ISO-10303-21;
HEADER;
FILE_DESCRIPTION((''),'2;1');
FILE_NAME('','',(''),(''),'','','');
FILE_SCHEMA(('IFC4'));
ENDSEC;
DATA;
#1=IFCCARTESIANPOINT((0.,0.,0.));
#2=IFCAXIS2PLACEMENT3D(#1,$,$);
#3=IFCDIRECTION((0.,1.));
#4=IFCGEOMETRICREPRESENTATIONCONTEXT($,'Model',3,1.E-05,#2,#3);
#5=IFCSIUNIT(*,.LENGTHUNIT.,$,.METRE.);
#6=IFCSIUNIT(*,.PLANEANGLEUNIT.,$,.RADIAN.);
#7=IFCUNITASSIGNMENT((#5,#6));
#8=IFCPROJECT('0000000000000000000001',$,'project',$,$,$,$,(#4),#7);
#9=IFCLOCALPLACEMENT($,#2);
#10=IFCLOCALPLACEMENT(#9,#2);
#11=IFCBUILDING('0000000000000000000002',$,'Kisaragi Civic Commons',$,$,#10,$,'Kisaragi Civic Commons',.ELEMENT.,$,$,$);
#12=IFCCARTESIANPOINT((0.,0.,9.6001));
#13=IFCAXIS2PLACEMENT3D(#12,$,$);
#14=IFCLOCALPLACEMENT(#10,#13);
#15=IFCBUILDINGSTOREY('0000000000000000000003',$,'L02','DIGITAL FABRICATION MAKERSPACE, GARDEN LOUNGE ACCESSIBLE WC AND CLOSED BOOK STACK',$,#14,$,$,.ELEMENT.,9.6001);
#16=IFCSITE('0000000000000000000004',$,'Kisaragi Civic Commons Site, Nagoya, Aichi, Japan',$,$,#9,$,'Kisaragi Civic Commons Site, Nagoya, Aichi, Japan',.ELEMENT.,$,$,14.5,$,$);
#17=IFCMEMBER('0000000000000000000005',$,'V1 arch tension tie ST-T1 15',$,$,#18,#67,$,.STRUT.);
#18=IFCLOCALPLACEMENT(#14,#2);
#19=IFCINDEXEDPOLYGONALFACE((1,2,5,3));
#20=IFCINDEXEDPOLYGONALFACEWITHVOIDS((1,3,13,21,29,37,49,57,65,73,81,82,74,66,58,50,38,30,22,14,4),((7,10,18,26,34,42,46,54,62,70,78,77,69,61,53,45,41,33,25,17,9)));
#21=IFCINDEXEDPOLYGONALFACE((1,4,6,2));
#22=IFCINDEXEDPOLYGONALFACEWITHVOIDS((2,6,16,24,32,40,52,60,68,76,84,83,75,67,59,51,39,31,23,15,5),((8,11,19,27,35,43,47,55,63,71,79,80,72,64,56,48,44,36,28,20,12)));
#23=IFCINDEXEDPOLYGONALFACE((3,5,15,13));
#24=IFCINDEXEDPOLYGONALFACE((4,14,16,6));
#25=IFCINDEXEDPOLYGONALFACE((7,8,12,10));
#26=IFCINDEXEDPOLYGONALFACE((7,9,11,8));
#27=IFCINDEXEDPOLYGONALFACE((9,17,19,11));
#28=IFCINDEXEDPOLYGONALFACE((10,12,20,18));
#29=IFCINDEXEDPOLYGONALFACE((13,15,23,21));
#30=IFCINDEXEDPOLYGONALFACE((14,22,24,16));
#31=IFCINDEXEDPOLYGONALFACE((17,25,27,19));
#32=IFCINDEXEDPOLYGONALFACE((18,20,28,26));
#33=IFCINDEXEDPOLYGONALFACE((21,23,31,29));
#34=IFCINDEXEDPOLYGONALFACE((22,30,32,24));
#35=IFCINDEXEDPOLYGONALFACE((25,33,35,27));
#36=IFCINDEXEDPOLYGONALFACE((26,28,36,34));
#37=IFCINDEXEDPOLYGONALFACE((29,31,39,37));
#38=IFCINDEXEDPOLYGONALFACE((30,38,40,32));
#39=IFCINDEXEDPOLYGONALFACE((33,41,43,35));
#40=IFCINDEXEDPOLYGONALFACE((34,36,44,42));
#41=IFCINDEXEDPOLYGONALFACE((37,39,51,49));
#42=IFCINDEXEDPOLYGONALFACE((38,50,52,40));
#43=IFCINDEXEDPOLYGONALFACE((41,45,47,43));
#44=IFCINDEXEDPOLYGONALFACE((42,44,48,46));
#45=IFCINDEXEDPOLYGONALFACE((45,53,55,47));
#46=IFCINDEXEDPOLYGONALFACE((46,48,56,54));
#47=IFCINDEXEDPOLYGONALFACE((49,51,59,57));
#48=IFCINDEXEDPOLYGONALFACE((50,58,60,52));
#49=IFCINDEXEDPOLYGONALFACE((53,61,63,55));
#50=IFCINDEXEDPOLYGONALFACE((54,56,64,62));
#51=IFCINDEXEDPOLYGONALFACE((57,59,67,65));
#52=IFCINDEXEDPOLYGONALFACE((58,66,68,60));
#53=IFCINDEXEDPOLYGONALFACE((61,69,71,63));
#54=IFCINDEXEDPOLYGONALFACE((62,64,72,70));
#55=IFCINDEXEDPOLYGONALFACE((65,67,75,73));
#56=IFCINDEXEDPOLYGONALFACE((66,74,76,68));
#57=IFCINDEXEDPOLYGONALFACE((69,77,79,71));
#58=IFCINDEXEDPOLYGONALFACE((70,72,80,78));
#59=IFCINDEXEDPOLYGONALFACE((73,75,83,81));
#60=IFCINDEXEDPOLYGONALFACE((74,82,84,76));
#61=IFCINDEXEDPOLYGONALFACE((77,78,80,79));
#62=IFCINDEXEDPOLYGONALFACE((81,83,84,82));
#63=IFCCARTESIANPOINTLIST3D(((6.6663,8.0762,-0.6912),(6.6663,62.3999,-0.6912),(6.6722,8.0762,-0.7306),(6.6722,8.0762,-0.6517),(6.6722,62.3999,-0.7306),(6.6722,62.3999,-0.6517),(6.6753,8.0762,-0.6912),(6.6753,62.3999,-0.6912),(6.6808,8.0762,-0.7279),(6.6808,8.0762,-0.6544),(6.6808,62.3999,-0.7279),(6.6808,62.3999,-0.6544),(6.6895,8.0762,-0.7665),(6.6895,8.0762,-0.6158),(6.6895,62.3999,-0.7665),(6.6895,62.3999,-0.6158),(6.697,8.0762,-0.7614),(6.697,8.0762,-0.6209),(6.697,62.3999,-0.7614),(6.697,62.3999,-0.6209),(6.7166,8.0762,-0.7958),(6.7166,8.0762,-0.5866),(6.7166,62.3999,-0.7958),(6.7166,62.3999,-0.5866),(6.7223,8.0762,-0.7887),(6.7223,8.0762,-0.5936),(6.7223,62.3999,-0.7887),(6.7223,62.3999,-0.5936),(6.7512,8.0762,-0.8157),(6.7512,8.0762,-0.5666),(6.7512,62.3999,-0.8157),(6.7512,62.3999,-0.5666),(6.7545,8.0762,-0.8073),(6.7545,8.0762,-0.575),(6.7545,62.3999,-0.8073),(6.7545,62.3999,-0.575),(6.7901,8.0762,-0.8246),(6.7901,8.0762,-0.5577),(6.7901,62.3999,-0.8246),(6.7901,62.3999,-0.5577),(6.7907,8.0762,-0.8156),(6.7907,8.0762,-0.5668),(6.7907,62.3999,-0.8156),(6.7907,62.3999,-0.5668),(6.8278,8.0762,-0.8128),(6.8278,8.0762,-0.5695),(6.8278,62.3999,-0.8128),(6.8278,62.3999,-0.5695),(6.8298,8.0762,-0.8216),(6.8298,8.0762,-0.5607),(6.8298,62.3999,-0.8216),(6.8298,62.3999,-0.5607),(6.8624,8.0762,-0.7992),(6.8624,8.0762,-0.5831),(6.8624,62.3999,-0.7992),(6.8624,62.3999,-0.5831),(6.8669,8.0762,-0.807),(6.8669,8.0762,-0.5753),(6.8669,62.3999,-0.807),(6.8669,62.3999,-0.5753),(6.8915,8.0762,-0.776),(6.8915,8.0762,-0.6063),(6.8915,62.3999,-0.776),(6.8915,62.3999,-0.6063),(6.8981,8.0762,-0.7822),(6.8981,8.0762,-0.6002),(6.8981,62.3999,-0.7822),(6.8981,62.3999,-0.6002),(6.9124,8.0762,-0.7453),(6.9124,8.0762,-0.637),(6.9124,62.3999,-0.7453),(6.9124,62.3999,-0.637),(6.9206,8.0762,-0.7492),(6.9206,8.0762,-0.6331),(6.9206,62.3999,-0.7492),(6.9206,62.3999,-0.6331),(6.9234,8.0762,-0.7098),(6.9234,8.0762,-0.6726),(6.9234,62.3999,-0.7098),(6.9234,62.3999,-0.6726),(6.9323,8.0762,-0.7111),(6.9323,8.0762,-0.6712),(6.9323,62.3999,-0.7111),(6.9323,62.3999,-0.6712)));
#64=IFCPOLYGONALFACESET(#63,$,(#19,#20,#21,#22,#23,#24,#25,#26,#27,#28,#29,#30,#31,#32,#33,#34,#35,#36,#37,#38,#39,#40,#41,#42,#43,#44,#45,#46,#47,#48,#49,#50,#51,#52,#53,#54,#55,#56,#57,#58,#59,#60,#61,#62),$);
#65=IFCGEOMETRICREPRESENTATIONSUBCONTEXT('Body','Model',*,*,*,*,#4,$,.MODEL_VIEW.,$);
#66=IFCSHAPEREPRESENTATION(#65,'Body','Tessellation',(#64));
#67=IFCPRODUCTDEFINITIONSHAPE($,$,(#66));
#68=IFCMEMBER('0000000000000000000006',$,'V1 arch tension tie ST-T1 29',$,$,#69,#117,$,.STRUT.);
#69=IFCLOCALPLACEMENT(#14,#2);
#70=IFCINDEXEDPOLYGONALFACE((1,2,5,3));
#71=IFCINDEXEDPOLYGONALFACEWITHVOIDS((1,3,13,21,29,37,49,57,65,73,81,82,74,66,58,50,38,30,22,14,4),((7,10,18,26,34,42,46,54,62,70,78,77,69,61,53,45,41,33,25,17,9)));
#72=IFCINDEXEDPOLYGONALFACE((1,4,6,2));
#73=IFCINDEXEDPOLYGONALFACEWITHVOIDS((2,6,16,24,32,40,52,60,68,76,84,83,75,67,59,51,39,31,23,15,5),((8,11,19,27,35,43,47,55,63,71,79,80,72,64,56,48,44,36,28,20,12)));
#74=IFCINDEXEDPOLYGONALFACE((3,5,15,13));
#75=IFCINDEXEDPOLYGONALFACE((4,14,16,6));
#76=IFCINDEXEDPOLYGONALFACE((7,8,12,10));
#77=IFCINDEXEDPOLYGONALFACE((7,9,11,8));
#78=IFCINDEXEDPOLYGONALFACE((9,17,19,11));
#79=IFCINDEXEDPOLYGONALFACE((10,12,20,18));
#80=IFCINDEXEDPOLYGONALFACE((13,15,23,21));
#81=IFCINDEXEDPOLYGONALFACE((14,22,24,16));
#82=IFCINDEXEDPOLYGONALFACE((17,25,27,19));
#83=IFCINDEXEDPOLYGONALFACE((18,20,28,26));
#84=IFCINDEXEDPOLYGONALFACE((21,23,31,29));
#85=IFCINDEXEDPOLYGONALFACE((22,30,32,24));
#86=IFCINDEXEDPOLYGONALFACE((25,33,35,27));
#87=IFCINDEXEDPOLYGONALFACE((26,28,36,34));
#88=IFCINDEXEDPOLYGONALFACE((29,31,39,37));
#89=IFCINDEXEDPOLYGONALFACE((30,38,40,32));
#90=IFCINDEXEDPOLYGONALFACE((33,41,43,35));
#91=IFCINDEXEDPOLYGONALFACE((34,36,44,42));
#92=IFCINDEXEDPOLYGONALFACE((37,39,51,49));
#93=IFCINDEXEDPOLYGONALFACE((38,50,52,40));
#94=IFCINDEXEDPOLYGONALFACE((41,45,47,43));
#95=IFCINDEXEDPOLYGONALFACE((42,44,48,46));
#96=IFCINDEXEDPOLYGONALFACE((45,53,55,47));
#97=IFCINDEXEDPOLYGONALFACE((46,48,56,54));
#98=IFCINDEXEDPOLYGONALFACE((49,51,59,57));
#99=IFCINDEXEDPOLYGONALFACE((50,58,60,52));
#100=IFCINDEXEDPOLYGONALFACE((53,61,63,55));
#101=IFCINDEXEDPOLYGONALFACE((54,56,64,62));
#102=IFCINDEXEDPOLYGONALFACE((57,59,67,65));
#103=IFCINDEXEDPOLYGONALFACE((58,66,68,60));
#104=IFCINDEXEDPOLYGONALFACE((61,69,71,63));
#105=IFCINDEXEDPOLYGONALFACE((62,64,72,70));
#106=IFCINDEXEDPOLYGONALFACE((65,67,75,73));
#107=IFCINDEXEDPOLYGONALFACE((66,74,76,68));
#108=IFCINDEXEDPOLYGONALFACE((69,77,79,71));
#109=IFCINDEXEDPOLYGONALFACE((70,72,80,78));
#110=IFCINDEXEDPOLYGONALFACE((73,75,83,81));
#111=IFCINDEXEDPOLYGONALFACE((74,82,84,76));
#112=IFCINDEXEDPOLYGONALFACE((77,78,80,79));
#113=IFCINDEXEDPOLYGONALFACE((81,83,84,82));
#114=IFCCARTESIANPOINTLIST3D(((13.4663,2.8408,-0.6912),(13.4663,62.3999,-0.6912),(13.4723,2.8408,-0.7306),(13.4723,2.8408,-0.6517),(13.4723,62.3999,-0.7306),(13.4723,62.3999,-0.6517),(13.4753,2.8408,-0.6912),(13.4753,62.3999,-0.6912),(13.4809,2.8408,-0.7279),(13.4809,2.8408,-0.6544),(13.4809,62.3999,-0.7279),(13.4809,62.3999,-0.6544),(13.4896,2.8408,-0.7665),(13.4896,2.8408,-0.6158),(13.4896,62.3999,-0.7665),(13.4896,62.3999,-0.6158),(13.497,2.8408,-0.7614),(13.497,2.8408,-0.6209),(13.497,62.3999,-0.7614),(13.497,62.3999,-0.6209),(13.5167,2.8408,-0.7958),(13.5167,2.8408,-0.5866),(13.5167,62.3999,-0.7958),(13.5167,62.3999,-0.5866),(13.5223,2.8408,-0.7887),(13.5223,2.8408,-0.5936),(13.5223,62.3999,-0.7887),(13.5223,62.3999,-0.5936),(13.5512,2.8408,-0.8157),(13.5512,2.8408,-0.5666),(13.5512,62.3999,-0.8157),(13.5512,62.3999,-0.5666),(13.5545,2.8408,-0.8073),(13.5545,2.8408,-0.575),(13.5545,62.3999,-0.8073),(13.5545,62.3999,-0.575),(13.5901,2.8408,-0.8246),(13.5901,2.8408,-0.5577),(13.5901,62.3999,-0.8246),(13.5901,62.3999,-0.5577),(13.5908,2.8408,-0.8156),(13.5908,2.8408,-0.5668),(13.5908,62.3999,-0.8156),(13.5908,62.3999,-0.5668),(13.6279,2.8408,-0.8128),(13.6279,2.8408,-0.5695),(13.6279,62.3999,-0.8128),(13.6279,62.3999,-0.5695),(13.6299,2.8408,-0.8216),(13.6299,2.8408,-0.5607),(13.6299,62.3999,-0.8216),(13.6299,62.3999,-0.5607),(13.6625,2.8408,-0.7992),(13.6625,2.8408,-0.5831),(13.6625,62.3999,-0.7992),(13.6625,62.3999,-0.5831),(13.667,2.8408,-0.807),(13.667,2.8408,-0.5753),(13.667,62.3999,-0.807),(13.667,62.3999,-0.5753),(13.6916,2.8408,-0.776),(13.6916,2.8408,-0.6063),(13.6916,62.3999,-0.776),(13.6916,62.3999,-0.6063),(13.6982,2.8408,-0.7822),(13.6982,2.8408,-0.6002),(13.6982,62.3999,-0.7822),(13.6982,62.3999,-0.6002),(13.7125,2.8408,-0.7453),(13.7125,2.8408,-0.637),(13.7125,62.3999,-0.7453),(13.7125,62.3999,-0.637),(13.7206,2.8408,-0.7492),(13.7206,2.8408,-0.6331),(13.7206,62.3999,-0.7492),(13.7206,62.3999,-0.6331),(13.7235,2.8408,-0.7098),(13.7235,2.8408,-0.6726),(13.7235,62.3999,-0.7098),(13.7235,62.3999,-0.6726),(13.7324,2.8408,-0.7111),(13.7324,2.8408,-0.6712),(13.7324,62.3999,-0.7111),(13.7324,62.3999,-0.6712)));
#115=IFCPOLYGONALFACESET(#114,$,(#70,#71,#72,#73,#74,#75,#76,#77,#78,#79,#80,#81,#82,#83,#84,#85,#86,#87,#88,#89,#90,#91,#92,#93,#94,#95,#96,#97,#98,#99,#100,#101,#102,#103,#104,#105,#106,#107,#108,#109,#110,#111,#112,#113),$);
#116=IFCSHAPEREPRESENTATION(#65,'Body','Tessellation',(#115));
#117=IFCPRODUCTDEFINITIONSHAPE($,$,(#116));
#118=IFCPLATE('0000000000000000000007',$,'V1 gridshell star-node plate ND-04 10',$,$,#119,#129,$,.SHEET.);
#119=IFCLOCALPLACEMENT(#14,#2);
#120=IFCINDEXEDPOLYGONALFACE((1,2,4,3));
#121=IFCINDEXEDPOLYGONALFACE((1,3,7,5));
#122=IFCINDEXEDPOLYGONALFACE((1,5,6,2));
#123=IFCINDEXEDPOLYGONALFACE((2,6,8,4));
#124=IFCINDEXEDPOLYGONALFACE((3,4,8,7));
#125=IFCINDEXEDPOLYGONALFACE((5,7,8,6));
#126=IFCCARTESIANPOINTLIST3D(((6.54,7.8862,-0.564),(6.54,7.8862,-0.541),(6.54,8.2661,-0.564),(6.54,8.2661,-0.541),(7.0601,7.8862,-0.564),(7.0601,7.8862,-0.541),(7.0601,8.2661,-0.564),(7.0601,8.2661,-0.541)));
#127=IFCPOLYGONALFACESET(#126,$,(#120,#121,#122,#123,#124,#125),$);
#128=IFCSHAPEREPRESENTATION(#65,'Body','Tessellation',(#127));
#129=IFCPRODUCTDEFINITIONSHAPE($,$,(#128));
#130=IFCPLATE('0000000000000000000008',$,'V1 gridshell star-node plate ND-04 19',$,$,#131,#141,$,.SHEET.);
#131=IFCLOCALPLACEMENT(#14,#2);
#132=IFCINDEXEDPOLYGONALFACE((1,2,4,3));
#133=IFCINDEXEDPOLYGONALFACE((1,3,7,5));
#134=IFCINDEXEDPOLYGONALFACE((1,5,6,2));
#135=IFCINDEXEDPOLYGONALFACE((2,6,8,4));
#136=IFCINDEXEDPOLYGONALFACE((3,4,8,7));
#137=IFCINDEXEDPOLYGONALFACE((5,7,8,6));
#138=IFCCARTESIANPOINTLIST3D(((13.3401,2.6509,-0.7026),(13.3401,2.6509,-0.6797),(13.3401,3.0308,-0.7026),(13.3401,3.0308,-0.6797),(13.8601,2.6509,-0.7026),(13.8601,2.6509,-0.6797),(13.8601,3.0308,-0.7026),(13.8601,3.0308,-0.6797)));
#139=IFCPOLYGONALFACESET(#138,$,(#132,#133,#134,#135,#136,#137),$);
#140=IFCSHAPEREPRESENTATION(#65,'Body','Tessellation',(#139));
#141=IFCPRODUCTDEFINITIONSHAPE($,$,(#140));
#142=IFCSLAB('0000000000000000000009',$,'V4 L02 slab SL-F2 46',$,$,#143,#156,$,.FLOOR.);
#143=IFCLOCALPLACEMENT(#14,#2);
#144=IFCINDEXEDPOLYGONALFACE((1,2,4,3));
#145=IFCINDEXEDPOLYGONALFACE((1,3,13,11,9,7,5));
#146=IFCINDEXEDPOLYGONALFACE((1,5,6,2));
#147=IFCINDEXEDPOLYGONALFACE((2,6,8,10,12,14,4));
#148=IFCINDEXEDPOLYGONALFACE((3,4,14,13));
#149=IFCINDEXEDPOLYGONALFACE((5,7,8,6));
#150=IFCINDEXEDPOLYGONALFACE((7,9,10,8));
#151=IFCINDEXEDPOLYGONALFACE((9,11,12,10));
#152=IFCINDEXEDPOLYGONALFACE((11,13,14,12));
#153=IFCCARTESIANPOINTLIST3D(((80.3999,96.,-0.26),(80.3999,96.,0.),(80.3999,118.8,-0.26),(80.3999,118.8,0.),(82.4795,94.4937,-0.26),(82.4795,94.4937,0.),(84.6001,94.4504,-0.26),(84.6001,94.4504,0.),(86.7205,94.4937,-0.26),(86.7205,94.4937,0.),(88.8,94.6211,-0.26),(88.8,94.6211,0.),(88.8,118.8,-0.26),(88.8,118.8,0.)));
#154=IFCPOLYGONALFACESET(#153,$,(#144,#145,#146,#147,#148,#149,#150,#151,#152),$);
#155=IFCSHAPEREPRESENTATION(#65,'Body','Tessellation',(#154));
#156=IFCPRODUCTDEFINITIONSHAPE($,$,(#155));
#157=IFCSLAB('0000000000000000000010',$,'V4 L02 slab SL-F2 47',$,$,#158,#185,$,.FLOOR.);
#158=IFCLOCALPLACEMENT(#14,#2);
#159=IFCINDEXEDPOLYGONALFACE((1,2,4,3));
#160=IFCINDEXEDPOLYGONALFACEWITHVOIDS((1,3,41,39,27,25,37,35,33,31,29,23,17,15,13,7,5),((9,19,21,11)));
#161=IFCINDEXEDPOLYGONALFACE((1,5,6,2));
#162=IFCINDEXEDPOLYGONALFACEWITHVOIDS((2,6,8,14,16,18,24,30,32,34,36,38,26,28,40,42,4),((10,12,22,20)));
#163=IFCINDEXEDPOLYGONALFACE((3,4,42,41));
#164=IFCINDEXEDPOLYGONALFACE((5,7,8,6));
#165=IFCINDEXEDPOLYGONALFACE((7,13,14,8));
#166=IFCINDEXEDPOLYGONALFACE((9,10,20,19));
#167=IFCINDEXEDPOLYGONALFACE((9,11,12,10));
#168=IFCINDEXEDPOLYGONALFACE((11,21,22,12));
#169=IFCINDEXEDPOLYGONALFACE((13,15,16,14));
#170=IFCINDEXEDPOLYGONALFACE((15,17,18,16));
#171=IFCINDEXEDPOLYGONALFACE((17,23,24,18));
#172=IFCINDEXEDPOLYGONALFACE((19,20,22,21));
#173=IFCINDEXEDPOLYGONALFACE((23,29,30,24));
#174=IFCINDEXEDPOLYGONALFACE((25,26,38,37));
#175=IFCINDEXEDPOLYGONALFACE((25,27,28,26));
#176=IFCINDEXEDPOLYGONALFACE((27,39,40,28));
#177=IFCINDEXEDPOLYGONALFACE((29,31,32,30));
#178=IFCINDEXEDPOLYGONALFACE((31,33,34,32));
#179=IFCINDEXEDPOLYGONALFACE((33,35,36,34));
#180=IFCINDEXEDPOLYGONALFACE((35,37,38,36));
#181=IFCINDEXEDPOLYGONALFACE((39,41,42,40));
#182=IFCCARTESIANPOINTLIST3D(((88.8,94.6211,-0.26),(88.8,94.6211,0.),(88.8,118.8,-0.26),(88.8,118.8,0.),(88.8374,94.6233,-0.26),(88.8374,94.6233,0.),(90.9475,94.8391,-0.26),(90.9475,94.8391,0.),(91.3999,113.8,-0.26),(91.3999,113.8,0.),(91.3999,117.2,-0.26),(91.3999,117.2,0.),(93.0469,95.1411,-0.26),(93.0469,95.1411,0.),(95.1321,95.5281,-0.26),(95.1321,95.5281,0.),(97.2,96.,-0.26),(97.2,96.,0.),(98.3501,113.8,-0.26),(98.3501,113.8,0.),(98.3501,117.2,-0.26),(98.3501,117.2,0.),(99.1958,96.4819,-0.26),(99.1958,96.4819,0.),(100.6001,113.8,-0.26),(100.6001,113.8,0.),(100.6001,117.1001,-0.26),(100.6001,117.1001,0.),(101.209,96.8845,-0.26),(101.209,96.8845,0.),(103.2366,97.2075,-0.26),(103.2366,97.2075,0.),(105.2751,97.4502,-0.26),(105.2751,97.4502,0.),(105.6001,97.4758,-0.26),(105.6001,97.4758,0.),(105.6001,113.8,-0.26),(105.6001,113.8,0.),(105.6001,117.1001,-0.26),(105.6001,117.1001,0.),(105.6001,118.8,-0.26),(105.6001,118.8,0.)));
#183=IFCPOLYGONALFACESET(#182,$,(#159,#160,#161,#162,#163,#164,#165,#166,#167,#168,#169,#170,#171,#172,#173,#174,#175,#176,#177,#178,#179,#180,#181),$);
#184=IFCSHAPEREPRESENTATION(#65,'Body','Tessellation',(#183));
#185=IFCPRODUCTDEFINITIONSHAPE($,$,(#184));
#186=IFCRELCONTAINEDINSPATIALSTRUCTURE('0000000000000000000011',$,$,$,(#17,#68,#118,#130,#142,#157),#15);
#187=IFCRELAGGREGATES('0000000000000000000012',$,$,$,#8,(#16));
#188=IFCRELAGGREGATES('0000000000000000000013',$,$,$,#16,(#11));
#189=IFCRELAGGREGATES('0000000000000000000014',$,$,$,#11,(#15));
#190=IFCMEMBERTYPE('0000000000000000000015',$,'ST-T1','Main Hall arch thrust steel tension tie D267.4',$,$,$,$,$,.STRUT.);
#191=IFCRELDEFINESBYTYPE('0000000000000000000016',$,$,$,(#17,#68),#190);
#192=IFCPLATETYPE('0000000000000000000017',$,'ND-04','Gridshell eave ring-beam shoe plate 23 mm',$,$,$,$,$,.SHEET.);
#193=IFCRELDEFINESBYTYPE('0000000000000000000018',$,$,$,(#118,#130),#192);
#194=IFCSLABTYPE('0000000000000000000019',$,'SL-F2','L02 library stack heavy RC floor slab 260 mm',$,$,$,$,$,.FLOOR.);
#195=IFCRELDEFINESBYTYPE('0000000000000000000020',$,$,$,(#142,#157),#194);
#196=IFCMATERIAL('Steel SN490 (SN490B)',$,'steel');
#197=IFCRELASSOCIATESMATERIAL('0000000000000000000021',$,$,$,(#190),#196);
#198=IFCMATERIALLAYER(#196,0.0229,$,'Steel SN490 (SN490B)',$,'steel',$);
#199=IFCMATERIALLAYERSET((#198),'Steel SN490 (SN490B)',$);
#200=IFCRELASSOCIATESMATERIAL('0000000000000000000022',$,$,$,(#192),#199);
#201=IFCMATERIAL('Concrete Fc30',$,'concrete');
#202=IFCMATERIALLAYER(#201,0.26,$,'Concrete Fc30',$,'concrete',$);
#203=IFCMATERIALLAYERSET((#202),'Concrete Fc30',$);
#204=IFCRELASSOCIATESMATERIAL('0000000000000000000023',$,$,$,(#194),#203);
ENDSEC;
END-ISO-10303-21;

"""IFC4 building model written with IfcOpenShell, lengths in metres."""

from ifc_helpers import new_model, si_unit, direction, frame, origin, origin_2d, place, context, subcontext, project, spatial, polyline, rectangle, hollow_circle, outline, extrude, material, layer, layer_set, material_profile, profile_set, type_object, element, save


model = new_model("IFC4")

# Units and contexts
model_context = context("Model", 3, precision=1e-05, world=origin(), true_north=direction((0.0, 1.0)))
body_context = subcontext(model_context, "Body", "Model", "MODEL_VIEW")
ifc_project = project(units=[si_unit("LENGTHUNIT", "METRE"), si_unit("PLANEANGLEUNIT", "RADIAN")], contexts=[model_context])

# Site, building, storey
site_placement = place(None, origin())
site = spatial("IfcSite", under=ifc_project, at=site_placement, Name="Kisaragi Civic Commons Site, Nagoya, Aichi, Japan", LongName="Kisaragi Civic Commons Site, Nagoya, Aichi, Japan", CompositionType="ELEMENT", RefElevation=14.5)
building_placement = place(site_placement, origin())
building = spatial("IfcBuilding", under=site, at=building_placement, Name="Kisaragi Civic Commons", LongName="Kisaragi Civic Commons", CompositionType="ELEMENT")
storey_placement = place(building_placement, frame((0.0, 0.0, 9.6001)))
storey = spatial("IfcBuildingStorey", under=building, at=storey_placement, Name="L02", Description="DIGITAL FABRICATION MAKERSPACE, GARDEN LOUNGE ACCESSIBLE WC AND CLOSED BOOK STACK", CompositionType="ELEMENT", Elevation=9.6001)

# Members
ifc_material_1 = material(Name="Steel SN490 (SN490B)", Category="steel")
ifc_material_profile_1 = material_profile(ifc_material_1, hollow_circle(Radius=0.1338, WallThickness=0.009, at=origin_2d()), Name="CHS-267.4x9.0", Category="steel")
ifc_profile_set_1 = profile_set([ifc_material_profile_1], Name="Steel SN490 (SN490B)")
member_type_1 = type_object("IfcMemberType", Name="ST-T1", Description="Main Hall arch thrust steel tension tie D267.4", PredefinedType="STRUT", material=ifc_profile_set_1)
member_1_placement = place(storey_placement, frame((6.8, 8.0762, -0.6912), z_axis=(0.0, 1.0, 0.0), x_axis=(-1.0, 0.0, 0.0)))
element("IfcMember", 1, at=member_1_placement, inside=storey, type_object=member_type_1, Name="V1 arch tension tie ST-T1 15", PredefinedType="STRUT", context=body_context, shape_type="SweptSolid", body=[
    extrude(hollow_circle(Radius=0.1338, WallThickness=0.009, at=origin_2d()), origin(), (0.0, 0.0, 1.0), 54.3237),
])
member_2_placement = place(storey_placement, frame((13.6001, 2.8408, -0.6912), z_axis=(0.0, 1.0, 0.0), x_axis=(-1.0, 0.0, 0.0)))
element("IfcMember", 2, at=member_2_placement, inside=storey, type_object=member_type_1, Name="V1 arch tension tie ST-T1 29", PredefinedType="STRUT", context=body_context, shape_type="SweptSolid", body=[
    extrude(hollow_circle(Radius=0.1338, WallThickness=0.009, at=origin_2d()), origin(), (0.0, 0.0, 1.0), 59.5591),
])

# Plates
ifc_layer_1 = layer(ifc_material_1, 0.0229, Name="Steel SN490 (SN490B)", Category="steel")
ifc_layer_set_1 = layer_set([ifc_layer_1], Name="Steel SN490 (SN490B)")
plate_type = type_object("IfcPlateType", Name="ND-04", Description="Gridshell eave ring-beam shoe plate 23 mm", PredefinedType="SHEET", material=ifc_layer_set_1)
for number, where, z_axis, x_axis, name in (
    (3, (6.8, 8.0762, -0.564), (0.0, 0.0, 1.0), (1.0, 0.0, 0.0), "V1 gridshell star-node plate ND-04 10"),
    (4, (13.6001, 2.8408, -0.7026), (0.0, 0.0, 1.0), (1.0, 0.0, 0.0), "V1 gridshell star-node plate ND-04 19"),
):
    element("IfcPlate", number, at=place(storey_placement, frame(where, z_axis=z_axis, x_axis=x_axis)), inside=storey, type_object=plate_type, Name=name, PredefinedType="SHEET", context=body_context, shape_type="SweptSolid", body=[
        extrude(rectangle(XDim=0.52, YDim=0.3799, at=origin_2d()), origin(), (0.0, 0.0, 1.0), 0.0229),
    ])

# Slabs
ifc_material_2 = material(Name="Concrete Fc30", Category="concrete")
ifc_layer_2 = layer(ifc_material_2, 0.26, Name="Concrete Fc30", Category="concrete")
ifc_layer_set_2 = layer_set([ifc_layer_2], Name="Concrete Fc30")
slab_type_1 = type_object("IfcSlabType", Name="SL-F2", Description="L02 library stack heavy RC floor slab 260 mm", PredefinedType="FLOOR", material=ifc_layer_set_2)
slab_1_placement = place(storey_placement, frame((0.0, 0.0, -0.26)))
element("IfcSlab", 5, at=slab_1_placement, inside=storey, type_object=slab_type_1, Name="V4 L02 slab SL-F2 46", PredefinedType="FLOOR", context=body_context, shape_type="SweptSolid", body=[
    extrude(outline(polyline([(80.3999, 118.8), (80.3999, 96.0), (82.4795, 94.4937), (84.6001, 94.4504), (86.7205, 94.4937), (88.8, 94.6211), (88.8, 118.8), (80.3999, 118.8)])), origin(), (0.0, 0.0, 1.0), 0.26),
])
slab_2_placement = place(storey_placement, frame((0.0, 0.0, -0.26)))
element("IfcSlab", 6, at=slab_2_placement, inside=storey, type_object=slab_type_1, Name="V4 L02 slab SL-F2 47", PredefinedType="FLOOR", context=body_context, shape_type="SweptSolid", body=[
    extrude(outline(polyline([(88.8, 118.8), (88.8, 94.6211), (88.8374, 94.6233), (90.9475, 94.8391), (93.0469, 95.1411), (95.1321, 95.5281), (97.2, 96.0), (99.1958, 96.4819), (101.209, 96.8845), (103.2366, 97.2075), (105.2751, 97.4502), (105.6001, 97.4758), (105.6001, 113.8), (100.6001, 113.8), (100.6001, 117.1001), (105.6001, 117.1001), (105.6001, 118.8), (88.8, 118.8)]), holes=[polyline([(91.3999, 117.2), (91.3999, 113.8), (98.3501, 113.8), (98.3501, 117.2), (91.3999, 117.2)])]), origin(), (0.0, 0.0, 1.0), 0.26),
])

save(model, "model.ifc")
